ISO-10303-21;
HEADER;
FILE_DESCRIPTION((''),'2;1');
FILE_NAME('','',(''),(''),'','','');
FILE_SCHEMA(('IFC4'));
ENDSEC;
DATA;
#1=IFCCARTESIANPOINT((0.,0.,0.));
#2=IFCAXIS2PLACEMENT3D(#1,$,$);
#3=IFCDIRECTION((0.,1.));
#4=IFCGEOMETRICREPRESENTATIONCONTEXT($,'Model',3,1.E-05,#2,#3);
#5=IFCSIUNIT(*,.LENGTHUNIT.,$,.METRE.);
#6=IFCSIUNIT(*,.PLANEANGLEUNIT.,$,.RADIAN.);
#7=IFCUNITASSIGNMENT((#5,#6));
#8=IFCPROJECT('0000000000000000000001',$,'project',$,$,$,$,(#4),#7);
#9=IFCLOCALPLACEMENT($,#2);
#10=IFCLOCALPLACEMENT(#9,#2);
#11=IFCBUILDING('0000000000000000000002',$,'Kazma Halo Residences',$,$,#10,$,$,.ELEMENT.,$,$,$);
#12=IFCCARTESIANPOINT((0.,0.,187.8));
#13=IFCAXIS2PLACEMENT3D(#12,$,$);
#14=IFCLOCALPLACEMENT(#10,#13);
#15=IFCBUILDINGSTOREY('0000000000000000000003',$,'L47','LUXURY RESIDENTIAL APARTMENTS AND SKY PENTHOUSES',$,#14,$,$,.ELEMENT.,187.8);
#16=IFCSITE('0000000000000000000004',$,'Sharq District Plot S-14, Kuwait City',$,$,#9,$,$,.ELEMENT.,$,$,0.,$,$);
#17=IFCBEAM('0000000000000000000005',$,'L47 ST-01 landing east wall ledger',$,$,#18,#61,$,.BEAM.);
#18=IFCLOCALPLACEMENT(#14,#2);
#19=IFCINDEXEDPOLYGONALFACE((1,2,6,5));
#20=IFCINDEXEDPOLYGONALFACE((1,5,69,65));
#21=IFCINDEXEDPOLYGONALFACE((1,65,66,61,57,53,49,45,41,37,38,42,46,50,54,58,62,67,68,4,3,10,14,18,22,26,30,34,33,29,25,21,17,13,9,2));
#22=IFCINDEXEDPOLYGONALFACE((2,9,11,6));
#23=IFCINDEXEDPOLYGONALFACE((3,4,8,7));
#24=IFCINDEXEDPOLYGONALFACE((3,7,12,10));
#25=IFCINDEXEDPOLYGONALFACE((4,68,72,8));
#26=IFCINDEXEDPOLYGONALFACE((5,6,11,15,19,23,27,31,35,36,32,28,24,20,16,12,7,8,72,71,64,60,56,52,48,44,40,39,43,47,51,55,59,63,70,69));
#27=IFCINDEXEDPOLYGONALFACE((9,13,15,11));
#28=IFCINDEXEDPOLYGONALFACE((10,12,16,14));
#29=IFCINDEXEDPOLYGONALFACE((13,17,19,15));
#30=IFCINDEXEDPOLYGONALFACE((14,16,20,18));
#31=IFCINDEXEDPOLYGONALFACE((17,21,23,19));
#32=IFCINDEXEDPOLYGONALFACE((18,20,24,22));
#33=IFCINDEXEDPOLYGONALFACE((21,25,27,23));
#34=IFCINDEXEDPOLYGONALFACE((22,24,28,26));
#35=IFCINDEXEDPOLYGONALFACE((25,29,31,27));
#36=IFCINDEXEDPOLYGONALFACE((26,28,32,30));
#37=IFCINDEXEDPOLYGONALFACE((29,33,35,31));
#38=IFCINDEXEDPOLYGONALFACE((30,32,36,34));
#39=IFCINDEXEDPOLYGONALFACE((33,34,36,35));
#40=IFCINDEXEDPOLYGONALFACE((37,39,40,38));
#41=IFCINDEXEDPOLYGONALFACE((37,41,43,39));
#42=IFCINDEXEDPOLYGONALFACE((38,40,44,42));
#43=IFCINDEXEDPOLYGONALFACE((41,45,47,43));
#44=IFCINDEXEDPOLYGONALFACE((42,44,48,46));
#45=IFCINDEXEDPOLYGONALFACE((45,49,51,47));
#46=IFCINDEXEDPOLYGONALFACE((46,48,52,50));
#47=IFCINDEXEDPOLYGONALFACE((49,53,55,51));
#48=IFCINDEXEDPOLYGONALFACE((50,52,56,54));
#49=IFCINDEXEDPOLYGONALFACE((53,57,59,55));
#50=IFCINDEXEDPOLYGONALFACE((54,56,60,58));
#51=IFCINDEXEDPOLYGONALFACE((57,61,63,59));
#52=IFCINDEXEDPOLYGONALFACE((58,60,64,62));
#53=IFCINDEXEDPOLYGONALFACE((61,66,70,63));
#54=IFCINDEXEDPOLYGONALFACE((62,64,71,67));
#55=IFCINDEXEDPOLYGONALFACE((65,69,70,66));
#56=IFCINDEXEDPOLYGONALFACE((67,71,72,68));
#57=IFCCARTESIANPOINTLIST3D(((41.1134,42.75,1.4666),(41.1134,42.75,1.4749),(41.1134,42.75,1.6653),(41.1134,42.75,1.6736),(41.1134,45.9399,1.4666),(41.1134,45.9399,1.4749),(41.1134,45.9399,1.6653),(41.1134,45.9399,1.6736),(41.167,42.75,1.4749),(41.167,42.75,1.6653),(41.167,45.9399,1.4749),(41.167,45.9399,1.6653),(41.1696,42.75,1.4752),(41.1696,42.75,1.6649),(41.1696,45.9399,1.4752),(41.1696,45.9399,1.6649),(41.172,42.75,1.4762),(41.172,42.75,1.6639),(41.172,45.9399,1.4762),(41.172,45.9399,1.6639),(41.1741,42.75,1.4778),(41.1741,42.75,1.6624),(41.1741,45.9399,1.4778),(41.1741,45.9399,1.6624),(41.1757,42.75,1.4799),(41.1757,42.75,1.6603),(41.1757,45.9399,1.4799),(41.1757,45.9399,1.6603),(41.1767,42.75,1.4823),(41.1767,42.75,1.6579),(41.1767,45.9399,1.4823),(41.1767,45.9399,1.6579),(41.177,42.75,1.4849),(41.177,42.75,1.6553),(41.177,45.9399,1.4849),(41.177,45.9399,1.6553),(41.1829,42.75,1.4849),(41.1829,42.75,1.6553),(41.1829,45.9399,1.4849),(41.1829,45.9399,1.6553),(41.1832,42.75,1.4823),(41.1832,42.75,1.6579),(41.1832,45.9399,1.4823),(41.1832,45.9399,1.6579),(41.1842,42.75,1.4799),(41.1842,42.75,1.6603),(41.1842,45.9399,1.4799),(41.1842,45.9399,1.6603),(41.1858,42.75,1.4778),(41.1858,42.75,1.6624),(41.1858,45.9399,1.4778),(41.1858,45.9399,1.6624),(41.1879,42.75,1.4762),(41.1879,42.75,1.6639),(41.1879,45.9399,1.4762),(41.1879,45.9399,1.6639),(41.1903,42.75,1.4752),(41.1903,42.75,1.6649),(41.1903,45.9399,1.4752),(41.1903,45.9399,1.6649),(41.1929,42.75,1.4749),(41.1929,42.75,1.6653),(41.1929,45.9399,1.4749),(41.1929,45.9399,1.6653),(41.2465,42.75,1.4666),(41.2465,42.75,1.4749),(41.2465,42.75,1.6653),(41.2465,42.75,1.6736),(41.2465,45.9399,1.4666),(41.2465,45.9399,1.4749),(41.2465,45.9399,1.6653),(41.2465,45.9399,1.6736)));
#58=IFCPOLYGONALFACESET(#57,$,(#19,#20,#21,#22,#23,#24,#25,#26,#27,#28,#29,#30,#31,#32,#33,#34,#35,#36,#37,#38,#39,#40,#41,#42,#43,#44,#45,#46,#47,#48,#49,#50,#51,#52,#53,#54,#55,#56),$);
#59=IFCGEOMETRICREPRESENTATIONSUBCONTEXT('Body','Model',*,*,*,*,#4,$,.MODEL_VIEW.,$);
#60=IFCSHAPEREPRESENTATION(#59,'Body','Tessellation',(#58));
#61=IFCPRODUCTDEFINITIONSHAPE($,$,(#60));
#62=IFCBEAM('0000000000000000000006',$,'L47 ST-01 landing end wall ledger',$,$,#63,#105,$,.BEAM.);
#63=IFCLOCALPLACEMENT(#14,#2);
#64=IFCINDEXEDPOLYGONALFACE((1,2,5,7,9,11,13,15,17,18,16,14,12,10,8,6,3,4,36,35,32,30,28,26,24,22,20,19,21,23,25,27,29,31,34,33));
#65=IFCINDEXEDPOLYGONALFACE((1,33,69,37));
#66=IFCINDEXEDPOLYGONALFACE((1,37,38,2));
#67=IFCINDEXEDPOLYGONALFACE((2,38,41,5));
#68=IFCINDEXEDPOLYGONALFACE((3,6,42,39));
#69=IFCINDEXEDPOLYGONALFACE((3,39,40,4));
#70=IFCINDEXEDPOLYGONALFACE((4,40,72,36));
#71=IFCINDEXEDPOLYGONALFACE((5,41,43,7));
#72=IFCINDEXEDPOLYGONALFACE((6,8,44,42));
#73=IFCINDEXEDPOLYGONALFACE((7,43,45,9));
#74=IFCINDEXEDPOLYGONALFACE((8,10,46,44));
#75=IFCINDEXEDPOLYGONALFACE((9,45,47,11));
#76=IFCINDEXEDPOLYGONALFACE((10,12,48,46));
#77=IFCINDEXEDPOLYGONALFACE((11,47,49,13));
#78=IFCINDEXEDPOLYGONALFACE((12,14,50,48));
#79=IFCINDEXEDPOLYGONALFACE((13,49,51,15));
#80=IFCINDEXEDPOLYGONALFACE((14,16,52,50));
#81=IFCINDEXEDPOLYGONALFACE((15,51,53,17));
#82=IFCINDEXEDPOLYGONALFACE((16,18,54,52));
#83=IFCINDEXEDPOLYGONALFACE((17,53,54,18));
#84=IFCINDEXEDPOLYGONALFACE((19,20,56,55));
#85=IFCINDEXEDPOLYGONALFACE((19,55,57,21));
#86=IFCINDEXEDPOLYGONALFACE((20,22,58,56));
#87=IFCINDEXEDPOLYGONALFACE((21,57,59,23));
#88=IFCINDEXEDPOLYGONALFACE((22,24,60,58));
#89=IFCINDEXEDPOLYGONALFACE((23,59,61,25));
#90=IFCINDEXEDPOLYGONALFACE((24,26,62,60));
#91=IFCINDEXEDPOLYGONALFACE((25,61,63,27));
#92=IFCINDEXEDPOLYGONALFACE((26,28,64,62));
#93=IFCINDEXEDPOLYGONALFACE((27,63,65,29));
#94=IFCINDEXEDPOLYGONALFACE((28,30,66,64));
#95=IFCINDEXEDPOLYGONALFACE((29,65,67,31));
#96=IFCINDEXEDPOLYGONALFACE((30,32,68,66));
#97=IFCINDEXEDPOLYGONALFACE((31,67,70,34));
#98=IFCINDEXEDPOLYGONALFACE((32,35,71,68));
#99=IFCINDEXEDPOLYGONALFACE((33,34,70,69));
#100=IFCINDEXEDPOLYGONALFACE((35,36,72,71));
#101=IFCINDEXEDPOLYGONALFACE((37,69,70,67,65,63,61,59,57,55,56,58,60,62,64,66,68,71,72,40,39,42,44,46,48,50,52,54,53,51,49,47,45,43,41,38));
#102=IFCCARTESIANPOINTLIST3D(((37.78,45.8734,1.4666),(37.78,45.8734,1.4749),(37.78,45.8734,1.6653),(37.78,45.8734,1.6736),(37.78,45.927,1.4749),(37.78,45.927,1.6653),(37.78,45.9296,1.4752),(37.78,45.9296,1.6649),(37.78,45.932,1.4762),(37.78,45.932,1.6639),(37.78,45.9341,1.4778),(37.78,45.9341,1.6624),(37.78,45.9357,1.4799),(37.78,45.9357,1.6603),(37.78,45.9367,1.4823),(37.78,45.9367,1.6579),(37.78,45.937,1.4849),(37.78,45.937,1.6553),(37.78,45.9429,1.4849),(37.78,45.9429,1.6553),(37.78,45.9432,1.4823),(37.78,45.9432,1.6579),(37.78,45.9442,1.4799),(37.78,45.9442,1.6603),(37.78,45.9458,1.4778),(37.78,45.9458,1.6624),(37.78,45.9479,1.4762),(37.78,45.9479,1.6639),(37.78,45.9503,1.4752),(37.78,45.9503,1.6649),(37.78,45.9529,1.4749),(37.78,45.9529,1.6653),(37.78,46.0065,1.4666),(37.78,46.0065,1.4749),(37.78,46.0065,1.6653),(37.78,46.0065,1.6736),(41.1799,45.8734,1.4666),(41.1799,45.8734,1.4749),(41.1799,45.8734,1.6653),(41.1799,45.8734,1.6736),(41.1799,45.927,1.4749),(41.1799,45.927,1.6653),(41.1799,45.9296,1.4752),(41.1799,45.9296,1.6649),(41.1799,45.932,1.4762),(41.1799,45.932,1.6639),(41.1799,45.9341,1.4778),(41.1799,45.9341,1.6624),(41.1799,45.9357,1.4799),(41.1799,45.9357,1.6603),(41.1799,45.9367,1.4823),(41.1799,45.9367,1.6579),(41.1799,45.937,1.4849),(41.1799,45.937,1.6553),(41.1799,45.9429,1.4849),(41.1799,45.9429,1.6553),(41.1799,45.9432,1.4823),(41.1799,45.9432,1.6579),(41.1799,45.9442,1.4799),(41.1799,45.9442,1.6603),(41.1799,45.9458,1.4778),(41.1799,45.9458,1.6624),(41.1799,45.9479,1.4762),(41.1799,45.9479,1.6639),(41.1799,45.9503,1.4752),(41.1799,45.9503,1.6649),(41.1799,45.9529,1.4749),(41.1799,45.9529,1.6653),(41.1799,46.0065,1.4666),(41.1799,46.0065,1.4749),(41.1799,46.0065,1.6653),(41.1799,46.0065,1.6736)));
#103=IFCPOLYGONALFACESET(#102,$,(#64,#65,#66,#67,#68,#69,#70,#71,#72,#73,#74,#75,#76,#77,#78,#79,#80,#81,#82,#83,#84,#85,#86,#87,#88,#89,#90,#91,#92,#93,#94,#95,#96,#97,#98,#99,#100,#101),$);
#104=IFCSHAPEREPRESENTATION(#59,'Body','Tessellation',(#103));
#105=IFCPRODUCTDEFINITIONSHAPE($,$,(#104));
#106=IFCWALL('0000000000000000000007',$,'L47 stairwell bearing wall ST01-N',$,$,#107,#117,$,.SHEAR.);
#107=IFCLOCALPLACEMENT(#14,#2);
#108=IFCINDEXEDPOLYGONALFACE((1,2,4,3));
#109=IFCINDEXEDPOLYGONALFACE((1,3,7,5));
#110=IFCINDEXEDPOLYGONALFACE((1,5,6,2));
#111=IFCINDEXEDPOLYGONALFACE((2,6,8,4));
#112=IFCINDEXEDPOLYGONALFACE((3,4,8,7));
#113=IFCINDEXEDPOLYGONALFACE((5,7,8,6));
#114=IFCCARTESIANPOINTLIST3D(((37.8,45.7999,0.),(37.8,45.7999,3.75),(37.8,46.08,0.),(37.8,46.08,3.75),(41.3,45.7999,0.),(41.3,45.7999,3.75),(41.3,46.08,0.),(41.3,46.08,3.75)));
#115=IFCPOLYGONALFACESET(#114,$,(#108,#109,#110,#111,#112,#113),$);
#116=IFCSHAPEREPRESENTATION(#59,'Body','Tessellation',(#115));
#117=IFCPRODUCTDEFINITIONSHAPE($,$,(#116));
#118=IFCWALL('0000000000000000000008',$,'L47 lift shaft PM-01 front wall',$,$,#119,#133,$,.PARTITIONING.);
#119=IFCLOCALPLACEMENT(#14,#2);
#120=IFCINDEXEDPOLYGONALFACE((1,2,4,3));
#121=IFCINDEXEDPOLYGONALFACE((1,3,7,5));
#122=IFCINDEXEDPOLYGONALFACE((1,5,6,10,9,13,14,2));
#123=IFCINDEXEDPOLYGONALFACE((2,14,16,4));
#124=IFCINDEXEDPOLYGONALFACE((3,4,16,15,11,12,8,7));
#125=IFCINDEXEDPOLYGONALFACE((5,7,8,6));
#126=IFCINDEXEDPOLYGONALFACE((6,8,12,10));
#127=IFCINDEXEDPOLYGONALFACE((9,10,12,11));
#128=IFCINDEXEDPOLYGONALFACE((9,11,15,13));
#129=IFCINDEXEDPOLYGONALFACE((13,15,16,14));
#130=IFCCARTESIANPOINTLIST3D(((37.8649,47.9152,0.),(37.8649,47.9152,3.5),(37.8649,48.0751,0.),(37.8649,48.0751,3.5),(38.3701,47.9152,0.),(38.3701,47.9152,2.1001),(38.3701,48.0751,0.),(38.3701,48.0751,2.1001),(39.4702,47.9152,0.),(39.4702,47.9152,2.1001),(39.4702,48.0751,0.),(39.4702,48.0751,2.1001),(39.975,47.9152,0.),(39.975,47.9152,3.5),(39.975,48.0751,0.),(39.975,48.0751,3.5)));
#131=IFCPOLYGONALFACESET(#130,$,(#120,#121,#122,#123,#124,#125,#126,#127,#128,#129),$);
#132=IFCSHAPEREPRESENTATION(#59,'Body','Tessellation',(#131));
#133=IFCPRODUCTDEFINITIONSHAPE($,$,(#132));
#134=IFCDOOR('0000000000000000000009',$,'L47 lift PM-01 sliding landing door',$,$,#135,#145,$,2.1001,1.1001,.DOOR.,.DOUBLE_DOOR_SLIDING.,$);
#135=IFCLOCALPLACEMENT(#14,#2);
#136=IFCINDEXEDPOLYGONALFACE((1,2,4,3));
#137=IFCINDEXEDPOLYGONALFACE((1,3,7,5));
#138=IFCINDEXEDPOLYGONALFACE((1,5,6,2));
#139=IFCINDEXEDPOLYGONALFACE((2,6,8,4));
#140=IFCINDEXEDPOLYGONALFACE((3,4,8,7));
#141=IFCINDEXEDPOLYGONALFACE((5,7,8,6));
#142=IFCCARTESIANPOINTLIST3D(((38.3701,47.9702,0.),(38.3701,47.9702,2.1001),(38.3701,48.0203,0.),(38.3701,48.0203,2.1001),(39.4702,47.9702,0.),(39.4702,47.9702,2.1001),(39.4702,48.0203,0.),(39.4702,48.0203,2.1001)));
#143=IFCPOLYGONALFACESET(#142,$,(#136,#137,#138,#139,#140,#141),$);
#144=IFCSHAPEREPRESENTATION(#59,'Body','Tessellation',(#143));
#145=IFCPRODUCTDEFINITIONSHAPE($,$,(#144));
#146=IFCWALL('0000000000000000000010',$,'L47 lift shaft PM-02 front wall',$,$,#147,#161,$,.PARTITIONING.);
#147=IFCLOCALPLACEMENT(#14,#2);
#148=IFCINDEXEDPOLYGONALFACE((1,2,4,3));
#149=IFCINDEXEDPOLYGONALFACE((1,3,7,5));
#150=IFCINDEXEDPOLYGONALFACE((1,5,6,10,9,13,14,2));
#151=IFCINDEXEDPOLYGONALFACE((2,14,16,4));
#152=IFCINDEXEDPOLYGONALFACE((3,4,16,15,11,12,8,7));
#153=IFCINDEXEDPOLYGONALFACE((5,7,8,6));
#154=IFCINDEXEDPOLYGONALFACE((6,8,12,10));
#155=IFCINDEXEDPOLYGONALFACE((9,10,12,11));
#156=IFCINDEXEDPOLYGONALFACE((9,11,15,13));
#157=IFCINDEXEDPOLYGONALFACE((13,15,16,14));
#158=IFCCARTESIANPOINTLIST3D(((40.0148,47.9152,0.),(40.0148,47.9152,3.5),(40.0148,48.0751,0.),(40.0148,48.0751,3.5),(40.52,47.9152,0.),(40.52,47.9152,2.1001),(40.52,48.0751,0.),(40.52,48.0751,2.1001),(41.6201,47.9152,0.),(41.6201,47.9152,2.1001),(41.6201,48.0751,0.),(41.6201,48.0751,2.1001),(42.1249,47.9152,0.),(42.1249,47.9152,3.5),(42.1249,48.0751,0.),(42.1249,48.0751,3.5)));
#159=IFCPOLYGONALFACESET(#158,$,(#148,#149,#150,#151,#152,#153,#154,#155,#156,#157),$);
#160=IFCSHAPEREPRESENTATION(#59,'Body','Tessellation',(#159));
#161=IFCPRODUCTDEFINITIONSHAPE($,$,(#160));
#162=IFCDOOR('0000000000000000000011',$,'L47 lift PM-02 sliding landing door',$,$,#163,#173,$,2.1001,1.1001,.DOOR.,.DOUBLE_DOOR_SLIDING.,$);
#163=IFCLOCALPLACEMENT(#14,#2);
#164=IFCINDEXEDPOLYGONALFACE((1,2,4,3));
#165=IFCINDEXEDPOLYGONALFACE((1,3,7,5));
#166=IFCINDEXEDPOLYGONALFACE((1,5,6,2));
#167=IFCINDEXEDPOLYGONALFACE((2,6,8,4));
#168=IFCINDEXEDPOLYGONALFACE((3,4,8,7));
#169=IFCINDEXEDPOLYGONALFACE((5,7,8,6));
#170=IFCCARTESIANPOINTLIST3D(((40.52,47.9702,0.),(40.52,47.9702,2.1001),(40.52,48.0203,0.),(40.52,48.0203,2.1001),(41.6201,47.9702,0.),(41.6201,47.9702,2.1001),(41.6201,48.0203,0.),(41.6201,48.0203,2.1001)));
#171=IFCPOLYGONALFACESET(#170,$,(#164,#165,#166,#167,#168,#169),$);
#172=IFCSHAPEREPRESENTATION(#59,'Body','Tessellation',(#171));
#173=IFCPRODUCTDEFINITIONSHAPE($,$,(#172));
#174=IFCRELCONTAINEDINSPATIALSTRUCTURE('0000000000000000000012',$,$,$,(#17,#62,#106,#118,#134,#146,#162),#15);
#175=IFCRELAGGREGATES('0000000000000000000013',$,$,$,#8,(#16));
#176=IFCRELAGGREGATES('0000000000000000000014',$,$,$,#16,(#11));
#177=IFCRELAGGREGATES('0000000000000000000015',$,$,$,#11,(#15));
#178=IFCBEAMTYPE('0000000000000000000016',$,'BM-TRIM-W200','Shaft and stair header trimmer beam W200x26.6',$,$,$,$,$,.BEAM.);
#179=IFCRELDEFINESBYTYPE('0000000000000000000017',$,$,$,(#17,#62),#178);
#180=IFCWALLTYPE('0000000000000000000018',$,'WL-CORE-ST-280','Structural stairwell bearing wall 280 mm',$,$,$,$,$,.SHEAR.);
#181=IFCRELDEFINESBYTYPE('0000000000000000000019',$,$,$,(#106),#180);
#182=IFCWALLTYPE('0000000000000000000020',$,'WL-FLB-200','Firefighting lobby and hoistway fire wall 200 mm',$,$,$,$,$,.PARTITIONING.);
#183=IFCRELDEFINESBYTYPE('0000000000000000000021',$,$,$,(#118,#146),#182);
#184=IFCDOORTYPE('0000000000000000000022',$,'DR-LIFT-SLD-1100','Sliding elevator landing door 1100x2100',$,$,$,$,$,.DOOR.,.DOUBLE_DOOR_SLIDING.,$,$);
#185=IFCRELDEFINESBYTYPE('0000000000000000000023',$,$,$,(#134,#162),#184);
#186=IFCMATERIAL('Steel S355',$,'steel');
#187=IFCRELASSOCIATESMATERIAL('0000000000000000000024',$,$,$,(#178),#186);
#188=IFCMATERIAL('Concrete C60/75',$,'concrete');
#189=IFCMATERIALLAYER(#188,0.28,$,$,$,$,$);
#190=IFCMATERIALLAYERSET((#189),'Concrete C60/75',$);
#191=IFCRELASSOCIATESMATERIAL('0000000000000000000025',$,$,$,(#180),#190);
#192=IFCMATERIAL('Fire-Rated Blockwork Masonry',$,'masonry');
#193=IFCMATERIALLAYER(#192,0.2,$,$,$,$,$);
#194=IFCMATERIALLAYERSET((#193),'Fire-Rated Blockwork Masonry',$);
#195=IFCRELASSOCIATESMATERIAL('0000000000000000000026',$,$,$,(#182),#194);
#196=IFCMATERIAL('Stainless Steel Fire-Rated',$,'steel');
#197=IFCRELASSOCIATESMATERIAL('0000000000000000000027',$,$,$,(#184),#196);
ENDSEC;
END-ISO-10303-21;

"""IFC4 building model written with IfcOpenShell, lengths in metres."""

from ifc_helpers import new_model, si_unit, direction, frame, frame_2d, origin, origin_2d, place, context, subcontext, project, spatial, rectangle, i_section, extrude, material, layer, layer_set, material_profile, profile_set, type_object, element, fill, save


model = new_model("IFC4")

# Units and contexts
model_context = context("Model", 3, precision=1e-05, world=origin(), true_north=direction((0.0, 1.0)))
body_context = subcontext(model_context, "Body", "Model", "MODEL_VIEW")
ifc_project = project(units=[si_unit("LENGTHUNIT", "METRE"), si_unit("PLANEANGLEUNIT", "RADIAN")], contexts=[model_context])

# Site, building, storey
site_placement = place(None, origin())
site = spatial("IfcSite", under=ifc_project, at=site_placement, Name="Sharq District Plot S-14, Kuwait City", CompositionType="ELEMENT", RefElevation=0.0)
building_placement = place(site_placement, origin())
building = spatial("IfcBuilding", under=site, at=building_placement, Name="Kazma Halo Residences", CompositionType="ELEMENT")
storey_placement = place(building_placement, frame((0.0, 0.0, 187.8)))
storey = spatial("IfcBuildingStorey", under=building, at=storey_placement, Name="L47", Description="LUXURY RESIDENTIAL APARTMENTS AND SKY PENTHOUSES", CompositionType="ELEMENT", Elevation=187.8)

# Shared definitions
ifc_material_1 = material(Name="Steel S355", Category="steel")

# Beams
ifc_material_profile_1 = material_profile(ifc_material_1, i_section(OverallWidth=0.1331, OverallDepth=0.207, WebThickness=0.0059, FlangeThickness=0.0083, FilletRadius=0.01, at=origin_2d()), Name="W200x26.6")
ifc_profile_set_1 = profile_set([ifc_material_profile_1], Name="Steel S355")
beam_type_1 = type_object("IfcBeamType", Name="BM-TRIM-W200", Description="Shaft and stair header trimmer beam W200x26.6", PredefinedType="BEAM", material=ifc_profile_set_1)
beam_1_placement = place(storey_placement, frame((41.1799, 42.75, 1.5701), z_axis=(0.0, 1.0, 0.0), x_axis=(-1.0, 0.0, 0.0)))
element("IfcBeam", 1, at=beam_1_placement, inside=storey, type_object=beam_type_1, Name="L47 ST-01 landing east wall ledger", PredefinedType="BEAM", context=body_context, shape_type="SweptSolid", body=[
    extrude(i_section(OverallWidth=0.1331, OverallDepth=0.207, WebThickness=0.0059, FlangeThickness=0.0083, FilletRadius=0.01, at=origin_2d()), origin(), (0.0, 0.0, 1.0), 3.1899),
])
beam_2_placement = place(storey_placement, frame((37.78, 45.9399, 1.5701), z_axis=(1.0, 0.0, 0.0), x_axis=(0.0, 1.0, 0.0)))
element("IfcBeam", 2, at=beam_2_placement, inside=storey, type_object=beam_type_1, Name="L47 ST-01 landing end wall ledger", PredefinedType="BEAM", context=body_context, shape_type="SweptSolid", body=[
    extrude(i_section(OverallWidth=0.1331, OverallDepth=0.207, WebThickness=0.0059, FlangeThickness=0.0083, FilletRadius=0.01, at=origin_2d()), origin(), (0.0, 0.0, 1.0), 3.3999),
])

# Wall
ifc_material_2 = material(Name="Concrete C60/75", Category="concrete")
ifc_layer_1 = layer(ifc_material_2, 0.28)
ifc_layer_set_1 = layer_set([ifc_layer_1], Name="Concrete C60/75")
wall_type_1 = type_object("IfcWallType", Name="WL-CORE-ST-280", Description="Structural stairwell bearing wall 280 mm", PredefinedType="SHEAR", material=ifc_layer_set_1)
wall_1_placement = place(storey_placement, frame((37.8, 45.9399, 0.0), z_axis=(0.0, 0.0, 1.0), x_axis=(1.0, 0.0, 0.0)))
element("IfcWall", 3, at=wall_1_placement, inside=storey, type_object=wall_type_1, Name="L47 stairwell bearing wall ST01-N", PredefinedType="SHEAR", context=body_context, shape_type="SweptSolid", body=[
    extrude(rectangle(XDim=3.5, YDim=0.28, at=frame_2d((1.75, 0.0))), origin(), (0.0, 0.0, 1.0), 3.75),
])

# Walls, openings, doors
ifc_material_3 = material(Name="Fire-Rated Blockwork Masonry", Category="masonry")
ifc_layer_2 = layer(ifc_material_3, 0.2)
ifc_layer_set_2 = layer_set([ifc_layer_2], Name="Fire-Rated Blockwork Masonry")
wall_type_2 = type_object("IfcWallType", Name="WL-FLB-200", Description="Firefighting lobby and hoistway fire wall 200 mm", PredefinedType="PARTITIONING", material=ifc_layer_set_2)
wall_2_placement = place(storey_placement, frame((39.9751, 47.9951, 0.0), z_axis=(0.0, 0.0, 1.0), x_axis=(-1.0, 0.0, 0.0)))
wall_2 = element("IfcWall", 4, at=wall_2_placement, inside=storey, type_object=wall_type_2, Name="L47 lift shaft PM-01 front wall", PredefinedType="PARTITIONING", context=body_context, shape_type="SweptSolid", body=[
    extrude(rectangle(XDim=2.1101, YDim=0.1599, at=frame_2d((1.0552, 0.0))), origin(), (0.0, 0.0, 1.0), 3.5),
])
opening_1_placement = place(wall_2_placement, frame((0.5049, 0.0, 0.0)))
opening_1 = element("IfcOpeningElement", 5, at=opening_1_placement, cuts=wall_2, PredefinedType="OPENING", context=body_context, shape_type="SweptSolid", body=[
    extrude(rectangle(XDim=1.1001, YDim=2.1001, at=frame_2d((0.55, 1.05))), frame((0.0, 0.0898, 0.0), z_axis=(0.0, -1.0, 0.0), x_axis=(1.0, 0.0, 0.0)), (0.0, 0.0, 1.0), 0.1799),
])
ifc_material_4 = material(Name="Stainless Steel Fire-Rated", Category="steel")
door_type = type_object("IfcDoorType", Name="DR-LIFT-SLD-1100", Description="Sliding elevator landing door 1100x2100", OperationType="DOUBLE_DOOR_SLIDING", PredefinedType="DOOR", material=ifc_material_4)
door_1_placement = place(opening_1_placement, origin())
door_1 = element("IfcDoor", 6, at=door_1_placement, inside=storey, type_object=door_type, Name="L47 lift PM-01 sliding landing door", OperationType="DOUBLE_DOOR_SLIDING", OverallHeight=2.1001, OverallWidth=1.1001, PredefinedType="DOOR", context=body_context, shape_type="SweptSolid", body=[
    extrude(rectangle(XDim=1.1001, YDim=2.1001, at=frame_2d((0.55, 1.05))), frame((0.0, 0.0249, 0.0), z_axis=(0.0, -1.0, 0.0), x_axis=(1.0, 0.0, 0.0)), (0.0, 0.0, 1.0), 0.05),
])
fill(opening_1, door_1)
wall_3_placement = place(storey_placement, frame((42.125, 47.9951, 0.0), z_axis=(0.0, 0.0, 1.0), x_axis=(-1.0, 0.0, 0.0)))
wall_3 = element("IfcWall", 7, at=wall_3_placement, inside=storey, type_object=wall_type_2, Name="L47 lift shaft PM-02 front wall", PredefinedType="PARTITIONING", context=body_context, shape_type="SweptSolid", body=[
    extrude(rectangle(XDim=2.1101, YDim=0.1599, at=frame_2d((1.0552, 0.0))), origin(), (0.0, 0.0, 1.0), 3.5),
])
opening_2_placement = place(wall_3_placement, frame((0.5049, 0.0, 0.0)))
opening_2 = element("IfcOpeningElement", 8, at=opening_2_placement, cuts=wall_3, PredefinedType="OPENING", context=body_context, shape_type="SweptSolid", body=[
    extrude(rectangle(XDim=1.1001, YDim=2.1001, at=frame_2d((0.55, 1.05))), frame((0.0, 0.0898, 0.0), z_axis=(0.0, -1.0, 0.0), x_axis=(1.0, 0.0, 0.0)), (0.0, 0.0, 1.0), 0.1799),
])
door_2_placement = place(opening_2_placement, origin())
door_2 = element("IfcDoor", 9, at=door_2_placement, inside=storey, type_object=door_type, Name="L47 lift PM-02 sliding landing door", OperationType="DOUBLE_DOOR_SLIDING", OverallHeight=2.1001, OverallWidth=1.1001, PredefinedType="DOOR", context=body_context, shape_type="SweptSolid", body=[
    extrude(rectangle(XDim=1.1001, YDim=2.1001, at=frame_2d((0.55, 1.05))), frame((0.0, 0.0249, 0.0), z_axis=(0.0, -1.0, 0.0), x_axis=(1.0, 0.0, 0.0)), (0.0, 0.0, 1.0), 0.05),
])
fill(opening_2, door_2)

save(model, "model.ifc")
